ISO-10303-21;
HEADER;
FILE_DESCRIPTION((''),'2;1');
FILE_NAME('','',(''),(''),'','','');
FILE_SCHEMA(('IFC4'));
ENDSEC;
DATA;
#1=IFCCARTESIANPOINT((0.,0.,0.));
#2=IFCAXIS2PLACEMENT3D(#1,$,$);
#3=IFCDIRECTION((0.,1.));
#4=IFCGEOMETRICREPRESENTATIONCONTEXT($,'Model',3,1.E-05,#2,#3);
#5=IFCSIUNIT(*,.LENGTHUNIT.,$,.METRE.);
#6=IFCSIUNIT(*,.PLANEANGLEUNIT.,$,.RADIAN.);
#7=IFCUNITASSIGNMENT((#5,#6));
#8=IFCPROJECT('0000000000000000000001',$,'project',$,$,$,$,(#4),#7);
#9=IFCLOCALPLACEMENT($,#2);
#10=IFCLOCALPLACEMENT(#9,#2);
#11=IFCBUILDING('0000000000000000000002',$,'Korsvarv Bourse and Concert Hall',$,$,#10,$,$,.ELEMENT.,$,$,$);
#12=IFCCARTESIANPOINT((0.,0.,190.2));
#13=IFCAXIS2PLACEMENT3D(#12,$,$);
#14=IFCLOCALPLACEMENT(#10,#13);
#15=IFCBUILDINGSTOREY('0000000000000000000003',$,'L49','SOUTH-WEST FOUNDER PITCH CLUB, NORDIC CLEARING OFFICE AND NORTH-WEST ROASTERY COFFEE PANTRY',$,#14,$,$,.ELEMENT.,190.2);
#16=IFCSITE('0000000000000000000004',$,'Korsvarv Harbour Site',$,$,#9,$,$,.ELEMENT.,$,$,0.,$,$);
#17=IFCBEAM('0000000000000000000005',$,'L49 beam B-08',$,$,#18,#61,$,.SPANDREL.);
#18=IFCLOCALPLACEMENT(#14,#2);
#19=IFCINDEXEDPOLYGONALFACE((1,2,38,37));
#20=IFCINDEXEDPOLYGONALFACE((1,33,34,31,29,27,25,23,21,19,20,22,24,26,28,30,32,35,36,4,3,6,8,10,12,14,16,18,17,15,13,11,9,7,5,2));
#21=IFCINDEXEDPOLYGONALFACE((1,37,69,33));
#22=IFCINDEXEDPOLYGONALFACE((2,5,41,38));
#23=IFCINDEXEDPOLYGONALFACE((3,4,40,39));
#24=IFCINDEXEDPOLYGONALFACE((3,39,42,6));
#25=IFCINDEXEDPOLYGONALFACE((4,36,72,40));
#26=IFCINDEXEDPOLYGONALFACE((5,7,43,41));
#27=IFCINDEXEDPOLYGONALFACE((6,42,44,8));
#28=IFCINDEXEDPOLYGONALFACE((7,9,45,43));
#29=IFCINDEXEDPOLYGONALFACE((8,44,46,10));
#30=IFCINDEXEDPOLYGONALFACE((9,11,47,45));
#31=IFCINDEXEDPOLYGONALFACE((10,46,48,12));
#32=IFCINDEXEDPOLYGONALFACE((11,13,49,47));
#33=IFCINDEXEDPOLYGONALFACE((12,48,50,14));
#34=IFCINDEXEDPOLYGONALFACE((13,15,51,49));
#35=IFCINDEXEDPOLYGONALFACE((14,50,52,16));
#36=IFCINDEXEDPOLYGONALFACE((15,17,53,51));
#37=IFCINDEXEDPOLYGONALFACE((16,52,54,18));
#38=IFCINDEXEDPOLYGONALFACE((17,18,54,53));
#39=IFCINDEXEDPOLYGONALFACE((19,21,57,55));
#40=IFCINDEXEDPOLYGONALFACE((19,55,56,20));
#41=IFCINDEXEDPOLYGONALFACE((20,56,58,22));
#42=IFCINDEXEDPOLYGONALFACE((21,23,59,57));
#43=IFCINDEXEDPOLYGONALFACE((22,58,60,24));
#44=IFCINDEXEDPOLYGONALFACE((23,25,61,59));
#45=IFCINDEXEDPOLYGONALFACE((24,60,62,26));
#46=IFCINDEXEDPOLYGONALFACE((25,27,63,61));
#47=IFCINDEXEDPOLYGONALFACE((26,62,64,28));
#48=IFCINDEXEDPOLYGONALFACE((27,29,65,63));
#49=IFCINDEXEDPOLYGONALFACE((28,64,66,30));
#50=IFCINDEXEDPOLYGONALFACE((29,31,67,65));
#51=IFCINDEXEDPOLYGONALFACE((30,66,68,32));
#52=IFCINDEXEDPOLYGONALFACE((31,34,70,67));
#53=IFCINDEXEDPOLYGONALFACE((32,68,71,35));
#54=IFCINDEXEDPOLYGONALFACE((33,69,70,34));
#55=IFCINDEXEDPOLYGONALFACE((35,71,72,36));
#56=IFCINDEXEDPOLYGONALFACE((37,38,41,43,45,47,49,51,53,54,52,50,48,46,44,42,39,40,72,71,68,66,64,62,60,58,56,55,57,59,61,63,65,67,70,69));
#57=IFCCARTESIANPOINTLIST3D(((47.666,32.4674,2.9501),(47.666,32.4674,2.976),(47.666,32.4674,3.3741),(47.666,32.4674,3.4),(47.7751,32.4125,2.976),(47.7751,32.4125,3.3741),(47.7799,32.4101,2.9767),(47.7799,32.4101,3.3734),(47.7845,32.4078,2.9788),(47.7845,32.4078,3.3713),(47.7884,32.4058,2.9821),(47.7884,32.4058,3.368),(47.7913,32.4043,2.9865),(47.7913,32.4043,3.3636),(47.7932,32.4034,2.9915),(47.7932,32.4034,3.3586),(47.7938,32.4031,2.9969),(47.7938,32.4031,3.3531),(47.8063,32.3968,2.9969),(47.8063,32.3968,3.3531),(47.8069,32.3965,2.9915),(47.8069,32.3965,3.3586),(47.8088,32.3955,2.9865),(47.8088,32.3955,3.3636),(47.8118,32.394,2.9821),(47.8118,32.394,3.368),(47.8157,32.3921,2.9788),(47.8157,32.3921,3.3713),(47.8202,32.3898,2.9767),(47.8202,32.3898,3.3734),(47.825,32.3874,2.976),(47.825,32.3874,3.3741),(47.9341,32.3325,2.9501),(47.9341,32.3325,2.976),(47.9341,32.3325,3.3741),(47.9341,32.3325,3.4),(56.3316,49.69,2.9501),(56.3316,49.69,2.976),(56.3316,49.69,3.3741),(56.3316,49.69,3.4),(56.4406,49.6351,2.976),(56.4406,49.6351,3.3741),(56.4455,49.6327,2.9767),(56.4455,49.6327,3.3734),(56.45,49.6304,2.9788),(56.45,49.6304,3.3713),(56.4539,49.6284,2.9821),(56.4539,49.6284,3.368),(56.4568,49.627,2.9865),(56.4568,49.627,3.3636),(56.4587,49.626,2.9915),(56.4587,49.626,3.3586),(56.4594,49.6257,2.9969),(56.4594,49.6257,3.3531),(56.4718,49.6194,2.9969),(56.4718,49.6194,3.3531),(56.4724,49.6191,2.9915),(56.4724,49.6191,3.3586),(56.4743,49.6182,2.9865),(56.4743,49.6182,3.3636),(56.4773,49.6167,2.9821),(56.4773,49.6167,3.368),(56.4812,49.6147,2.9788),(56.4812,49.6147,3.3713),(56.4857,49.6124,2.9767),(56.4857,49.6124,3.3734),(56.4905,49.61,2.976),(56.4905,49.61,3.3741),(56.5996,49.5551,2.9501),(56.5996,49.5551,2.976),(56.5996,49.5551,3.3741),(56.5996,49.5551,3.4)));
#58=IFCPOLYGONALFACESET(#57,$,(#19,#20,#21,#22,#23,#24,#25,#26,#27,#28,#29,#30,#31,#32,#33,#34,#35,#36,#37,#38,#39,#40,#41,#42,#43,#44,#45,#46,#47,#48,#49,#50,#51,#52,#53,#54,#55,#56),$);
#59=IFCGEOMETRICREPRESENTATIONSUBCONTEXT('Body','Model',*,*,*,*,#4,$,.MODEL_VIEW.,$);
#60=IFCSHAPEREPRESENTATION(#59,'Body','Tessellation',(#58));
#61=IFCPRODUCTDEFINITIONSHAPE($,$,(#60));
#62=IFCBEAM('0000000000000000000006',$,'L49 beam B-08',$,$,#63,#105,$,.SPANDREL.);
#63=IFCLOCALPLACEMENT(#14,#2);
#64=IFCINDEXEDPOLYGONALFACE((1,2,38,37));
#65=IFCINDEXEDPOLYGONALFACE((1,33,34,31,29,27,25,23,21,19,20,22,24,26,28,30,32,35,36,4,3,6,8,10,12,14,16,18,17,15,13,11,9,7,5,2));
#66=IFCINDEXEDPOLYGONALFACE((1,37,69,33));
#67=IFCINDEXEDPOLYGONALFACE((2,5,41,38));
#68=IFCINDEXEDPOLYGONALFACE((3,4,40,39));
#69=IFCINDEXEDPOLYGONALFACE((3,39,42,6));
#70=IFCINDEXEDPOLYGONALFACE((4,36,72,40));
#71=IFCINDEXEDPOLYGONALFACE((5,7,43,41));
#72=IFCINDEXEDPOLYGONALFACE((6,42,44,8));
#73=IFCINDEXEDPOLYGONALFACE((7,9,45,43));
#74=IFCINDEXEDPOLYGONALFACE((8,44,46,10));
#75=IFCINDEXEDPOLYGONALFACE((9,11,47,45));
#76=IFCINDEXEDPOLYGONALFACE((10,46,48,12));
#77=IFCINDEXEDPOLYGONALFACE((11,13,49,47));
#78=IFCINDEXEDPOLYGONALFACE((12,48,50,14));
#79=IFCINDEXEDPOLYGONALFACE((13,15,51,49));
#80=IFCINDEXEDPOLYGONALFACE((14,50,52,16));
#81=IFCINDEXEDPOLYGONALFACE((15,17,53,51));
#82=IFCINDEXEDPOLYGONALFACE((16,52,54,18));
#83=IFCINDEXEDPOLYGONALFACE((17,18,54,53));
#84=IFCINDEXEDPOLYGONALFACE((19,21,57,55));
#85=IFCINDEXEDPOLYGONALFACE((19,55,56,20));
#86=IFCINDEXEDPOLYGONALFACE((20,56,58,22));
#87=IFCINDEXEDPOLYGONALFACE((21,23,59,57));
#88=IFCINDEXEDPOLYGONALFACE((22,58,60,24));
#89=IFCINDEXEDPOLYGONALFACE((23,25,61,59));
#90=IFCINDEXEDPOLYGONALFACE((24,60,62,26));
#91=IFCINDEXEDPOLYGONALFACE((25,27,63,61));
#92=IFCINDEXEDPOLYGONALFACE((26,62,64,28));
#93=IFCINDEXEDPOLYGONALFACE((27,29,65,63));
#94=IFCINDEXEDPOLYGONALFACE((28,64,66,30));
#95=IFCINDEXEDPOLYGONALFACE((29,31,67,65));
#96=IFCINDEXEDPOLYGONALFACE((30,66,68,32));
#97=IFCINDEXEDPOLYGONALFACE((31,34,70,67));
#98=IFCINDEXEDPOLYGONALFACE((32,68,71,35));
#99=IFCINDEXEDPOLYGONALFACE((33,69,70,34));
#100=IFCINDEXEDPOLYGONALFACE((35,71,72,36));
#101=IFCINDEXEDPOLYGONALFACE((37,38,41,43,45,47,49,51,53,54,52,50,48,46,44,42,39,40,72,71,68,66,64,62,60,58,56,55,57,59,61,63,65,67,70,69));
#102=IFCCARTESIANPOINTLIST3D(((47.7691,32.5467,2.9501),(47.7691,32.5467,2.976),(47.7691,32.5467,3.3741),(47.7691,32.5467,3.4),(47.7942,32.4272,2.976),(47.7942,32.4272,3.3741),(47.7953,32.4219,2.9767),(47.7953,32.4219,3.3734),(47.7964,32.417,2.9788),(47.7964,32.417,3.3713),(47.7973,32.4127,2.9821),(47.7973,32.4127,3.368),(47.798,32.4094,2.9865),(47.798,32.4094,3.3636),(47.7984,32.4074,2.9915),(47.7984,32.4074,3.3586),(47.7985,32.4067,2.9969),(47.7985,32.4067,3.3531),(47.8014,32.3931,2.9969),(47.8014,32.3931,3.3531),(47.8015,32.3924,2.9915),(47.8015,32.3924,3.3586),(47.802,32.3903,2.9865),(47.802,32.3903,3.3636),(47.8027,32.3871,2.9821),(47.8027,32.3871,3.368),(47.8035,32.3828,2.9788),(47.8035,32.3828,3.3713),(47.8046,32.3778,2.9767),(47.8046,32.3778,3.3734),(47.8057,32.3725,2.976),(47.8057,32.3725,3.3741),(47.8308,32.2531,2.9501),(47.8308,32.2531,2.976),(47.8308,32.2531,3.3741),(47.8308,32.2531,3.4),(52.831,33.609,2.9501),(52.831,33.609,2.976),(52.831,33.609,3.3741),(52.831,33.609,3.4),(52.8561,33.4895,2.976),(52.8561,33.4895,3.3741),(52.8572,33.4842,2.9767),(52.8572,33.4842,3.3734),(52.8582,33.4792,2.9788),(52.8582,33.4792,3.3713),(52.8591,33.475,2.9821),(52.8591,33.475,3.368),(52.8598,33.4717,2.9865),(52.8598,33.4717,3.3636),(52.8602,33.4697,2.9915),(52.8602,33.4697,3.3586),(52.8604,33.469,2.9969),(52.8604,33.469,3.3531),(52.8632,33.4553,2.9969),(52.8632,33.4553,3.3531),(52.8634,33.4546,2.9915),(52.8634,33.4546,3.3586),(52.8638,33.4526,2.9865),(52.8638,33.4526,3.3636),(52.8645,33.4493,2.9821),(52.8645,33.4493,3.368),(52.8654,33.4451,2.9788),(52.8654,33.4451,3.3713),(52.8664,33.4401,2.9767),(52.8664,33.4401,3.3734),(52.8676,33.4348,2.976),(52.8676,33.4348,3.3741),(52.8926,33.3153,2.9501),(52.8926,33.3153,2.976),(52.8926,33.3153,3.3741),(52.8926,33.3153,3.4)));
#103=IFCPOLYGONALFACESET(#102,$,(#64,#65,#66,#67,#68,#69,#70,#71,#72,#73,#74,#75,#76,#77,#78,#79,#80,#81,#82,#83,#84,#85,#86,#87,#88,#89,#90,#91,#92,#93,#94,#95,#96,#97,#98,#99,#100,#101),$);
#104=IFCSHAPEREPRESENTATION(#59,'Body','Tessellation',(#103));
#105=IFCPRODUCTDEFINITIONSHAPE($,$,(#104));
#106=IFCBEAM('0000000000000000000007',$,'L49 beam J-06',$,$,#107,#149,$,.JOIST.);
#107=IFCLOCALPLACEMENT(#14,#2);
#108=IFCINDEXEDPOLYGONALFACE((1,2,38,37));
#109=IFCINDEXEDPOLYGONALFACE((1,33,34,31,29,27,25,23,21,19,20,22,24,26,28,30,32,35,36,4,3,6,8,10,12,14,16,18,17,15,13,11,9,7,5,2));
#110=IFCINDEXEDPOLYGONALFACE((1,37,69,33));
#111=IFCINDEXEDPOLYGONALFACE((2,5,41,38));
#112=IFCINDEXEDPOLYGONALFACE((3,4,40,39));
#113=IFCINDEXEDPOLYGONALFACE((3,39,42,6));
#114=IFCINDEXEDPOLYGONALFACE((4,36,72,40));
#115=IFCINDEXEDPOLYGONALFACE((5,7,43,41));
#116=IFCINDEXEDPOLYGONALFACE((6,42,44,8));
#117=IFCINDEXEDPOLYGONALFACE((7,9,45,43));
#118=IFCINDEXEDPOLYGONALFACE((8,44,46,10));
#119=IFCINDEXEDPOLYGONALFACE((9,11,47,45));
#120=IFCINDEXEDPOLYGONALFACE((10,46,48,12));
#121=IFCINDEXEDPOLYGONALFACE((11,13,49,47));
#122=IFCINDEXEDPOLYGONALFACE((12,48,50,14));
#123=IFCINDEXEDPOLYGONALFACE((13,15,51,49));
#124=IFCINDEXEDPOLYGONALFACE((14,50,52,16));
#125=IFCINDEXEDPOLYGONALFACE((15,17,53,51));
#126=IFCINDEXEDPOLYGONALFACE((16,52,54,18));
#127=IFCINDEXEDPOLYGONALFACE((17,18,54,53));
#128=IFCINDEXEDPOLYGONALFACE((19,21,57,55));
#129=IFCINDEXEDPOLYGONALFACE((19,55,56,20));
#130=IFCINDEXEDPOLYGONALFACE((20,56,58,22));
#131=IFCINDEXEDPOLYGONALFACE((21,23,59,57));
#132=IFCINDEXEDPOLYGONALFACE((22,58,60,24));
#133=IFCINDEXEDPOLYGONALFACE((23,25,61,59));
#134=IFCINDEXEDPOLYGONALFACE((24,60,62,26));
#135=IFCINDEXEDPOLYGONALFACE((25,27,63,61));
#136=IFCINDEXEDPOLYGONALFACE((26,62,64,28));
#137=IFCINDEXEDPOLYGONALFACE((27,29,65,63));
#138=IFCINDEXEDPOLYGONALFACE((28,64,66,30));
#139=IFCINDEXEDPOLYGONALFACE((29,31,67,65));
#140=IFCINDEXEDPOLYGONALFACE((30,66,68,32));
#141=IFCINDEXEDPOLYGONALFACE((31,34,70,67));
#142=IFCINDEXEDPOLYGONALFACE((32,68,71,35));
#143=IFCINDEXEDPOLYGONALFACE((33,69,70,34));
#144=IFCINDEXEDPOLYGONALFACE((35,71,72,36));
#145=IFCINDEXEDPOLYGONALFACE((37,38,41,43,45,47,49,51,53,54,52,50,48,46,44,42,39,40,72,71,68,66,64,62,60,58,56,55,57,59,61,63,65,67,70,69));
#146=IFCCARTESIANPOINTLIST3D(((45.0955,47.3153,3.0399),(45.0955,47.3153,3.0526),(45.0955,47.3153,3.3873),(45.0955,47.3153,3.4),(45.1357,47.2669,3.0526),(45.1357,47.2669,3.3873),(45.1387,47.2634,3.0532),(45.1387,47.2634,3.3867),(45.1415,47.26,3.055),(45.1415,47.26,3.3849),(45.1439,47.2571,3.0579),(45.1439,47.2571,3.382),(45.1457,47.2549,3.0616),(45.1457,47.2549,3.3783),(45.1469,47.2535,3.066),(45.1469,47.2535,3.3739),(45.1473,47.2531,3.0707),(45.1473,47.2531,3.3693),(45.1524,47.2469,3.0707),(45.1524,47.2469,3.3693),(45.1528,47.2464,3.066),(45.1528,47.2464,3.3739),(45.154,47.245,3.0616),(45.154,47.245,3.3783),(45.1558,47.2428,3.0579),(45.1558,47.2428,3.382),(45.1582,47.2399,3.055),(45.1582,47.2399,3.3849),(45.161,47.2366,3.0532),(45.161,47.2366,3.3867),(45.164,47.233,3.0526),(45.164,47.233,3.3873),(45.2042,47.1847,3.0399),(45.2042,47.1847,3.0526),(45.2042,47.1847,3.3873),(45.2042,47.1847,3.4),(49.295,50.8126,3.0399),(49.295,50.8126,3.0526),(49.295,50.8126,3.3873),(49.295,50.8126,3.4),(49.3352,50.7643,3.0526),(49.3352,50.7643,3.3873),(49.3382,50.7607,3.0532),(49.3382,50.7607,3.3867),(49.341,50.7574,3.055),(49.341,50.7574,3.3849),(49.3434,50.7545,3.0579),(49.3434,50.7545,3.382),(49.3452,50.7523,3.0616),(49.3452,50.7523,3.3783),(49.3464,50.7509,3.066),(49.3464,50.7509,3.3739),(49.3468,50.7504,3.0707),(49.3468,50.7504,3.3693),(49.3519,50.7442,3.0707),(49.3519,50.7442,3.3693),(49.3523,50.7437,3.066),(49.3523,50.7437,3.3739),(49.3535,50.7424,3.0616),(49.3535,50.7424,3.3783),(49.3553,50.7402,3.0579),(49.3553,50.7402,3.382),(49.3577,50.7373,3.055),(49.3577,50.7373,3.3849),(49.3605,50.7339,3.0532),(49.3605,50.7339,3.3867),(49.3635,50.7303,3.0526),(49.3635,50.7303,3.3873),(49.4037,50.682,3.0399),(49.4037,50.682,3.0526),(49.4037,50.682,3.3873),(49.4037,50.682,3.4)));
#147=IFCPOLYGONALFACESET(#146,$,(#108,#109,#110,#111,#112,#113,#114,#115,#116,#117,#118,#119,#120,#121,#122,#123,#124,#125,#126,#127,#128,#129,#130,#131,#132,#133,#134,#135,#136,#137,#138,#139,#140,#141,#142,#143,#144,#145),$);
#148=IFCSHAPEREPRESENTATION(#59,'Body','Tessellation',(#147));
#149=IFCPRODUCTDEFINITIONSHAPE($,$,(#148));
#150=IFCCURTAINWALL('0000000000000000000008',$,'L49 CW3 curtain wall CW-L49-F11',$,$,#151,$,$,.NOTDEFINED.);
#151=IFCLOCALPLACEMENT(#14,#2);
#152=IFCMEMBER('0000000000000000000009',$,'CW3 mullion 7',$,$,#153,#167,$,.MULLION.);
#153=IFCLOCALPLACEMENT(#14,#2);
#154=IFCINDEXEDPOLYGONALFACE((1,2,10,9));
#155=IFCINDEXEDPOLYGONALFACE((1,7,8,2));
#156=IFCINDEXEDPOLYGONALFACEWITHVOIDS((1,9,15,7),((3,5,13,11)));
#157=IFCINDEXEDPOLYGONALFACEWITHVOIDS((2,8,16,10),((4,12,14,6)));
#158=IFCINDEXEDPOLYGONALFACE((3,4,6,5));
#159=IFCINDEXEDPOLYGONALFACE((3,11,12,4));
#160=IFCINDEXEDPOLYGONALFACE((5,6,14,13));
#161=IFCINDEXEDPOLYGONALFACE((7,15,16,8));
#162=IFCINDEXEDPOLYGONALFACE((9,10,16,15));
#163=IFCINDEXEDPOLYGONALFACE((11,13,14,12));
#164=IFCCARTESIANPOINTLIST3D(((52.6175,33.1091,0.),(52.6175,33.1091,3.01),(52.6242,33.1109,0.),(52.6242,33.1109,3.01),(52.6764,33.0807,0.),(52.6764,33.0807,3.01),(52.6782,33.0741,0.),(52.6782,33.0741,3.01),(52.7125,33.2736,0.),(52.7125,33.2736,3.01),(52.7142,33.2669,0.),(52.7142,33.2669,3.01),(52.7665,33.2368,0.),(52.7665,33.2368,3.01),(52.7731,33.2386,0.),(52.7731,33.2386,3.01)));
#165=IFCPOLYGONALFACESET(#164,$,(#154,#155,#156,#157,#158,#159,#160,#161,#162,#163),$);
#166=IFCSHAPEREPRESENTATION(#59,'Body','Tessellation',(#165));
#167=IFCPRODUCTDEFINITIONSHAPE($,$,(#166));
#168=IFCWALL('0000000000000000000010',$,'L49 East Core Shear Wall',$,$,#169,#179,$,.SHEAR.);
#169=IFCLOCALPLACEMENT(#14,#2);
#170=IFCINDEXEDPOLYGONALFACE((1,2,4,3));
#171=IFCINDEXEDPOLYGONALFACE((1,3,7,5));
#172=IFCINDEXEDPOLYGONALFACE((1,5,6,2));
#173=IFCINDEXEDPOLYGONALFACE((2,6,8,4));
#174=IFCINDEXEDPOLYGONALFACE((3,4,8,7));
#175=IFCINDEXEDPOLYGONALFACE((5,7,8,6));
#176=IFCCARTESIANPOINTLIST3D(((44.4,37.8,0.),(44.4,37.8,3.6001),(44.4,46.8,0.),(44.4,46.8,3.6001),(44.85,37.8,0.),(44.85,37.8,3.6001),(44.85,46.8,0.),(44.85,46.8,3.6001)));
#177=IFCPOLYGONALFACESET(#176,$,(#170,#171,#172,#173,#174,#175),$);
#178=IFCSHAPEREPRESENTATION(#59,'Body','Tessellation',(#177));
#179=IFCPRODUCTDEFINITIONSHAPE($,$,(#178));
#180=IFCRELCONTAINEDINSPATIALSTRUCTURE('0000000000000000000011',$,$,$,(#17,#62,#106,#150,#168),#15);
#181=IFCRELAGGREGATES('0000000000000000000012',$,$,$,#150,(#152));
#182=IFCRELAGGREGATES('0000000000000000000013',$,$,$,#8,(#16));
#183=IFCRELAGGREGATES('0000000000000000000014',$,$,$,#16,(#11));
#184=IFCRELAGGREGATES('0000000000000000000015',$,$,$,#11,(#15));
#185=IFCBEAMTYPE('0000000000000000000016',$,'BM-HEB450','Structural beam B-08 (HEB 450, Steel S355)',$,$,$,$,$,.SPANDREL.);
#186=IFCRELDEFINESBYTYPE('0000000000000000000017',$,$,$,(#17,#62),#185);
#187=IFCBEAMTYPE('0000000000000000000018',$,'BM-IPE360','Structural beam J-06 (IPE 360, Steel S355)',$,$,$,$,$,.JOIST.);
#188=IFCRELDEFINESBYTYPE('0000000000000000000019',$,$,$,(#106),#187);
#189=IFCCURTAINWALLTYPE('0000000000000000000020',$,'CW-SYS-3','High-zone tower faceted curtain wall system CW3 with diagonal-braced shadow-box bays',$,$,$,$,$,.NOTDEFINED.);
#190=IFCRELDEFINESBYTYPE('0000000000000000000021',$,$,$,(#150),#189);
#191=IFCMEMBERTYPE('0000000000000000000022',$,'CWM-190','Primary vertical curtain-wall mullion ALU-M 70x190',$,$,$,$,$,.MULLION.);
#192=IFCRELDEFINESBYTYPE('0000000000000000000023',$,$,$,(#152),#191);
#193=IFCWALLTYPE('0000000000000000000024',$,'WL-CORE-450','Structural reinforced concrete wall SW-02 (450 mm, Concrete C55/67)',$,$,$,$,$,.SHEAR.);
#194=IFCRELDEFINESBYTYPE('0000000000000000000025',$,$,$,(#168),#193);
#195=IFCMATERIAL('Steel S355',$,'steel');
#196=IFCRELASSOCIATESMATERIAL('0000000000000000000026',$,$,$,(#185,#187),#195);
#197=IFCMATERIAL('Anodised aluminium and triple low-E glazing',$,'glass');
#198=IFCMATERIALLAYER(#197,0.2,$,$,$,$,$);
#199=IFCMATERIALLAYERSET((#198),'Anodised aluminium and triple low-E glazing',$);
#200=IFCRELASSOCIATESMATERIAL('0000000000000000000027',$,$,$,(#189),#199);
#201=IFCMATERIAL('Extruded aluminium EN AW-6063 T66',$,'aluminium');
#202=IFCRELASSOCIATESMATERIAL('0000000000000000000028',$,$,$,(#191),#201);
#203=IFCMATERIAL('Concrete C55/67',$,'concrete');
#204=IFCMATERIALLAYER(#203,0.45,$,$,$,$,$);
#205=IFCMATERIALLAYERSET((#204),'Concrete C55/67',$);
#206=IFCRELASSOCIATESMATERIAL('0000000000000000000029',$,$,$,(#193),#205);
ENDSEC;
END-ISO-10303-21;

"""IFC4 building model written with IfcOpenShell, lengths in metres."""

from ifc_helpers import new_model, si_unit, direction, frame, frame_2d, origin, origin_2d, place, context, subcontext, project, spatial, rectangle, hollow_rectangle, i_section, extrude, source, transform, mapped, material, layer, layer_set, material_profile, profile_set, type_object, element, aggregate, save


model = new_model("IFC4")

# Units and contexts
model_context = context("Model", 3, precision=1e-05, world=origin(), true_north=direction((0.0, 1.0)))
body_context = subcontext(model_context, "Body", "Model", "MODEL_VIEW")
ifc_project = project(units=[si_unit("LENGTHUNIT", "METRE"), si_unit("PLANEANGLEUNIT", "RADIAN")], contexts=[model_context])

# Site, building, storey
site_placement = place(None, origin())
site = spatial("IfcSite", under=ifc_project, at=site_placement, Name="Korsvarv Harbour Site", CompositionType="ELEMENT", RefElevation=0.0)
building_placement = place(site_placement, origin())
building = spatial("IfcBuilding", under=site, at=building_placement, Name="Korsvarv Bourse and Concert Hall", CompositionType="ELEMENT")
storey_placement = place(building_placement, frame((0.0, 0.0, 190.2)))
storey = spatial("IfcBuildingStorey", under=building, at=storey_placement, Name="L49", Description="SOUTH-WEST FOUNDER PITCH CLUB, NORDIC CLEARING OFFICE AND NORTH-WEST ROASTERY COFFEE PANTRY", CompositionType="ELEMENT", Elevation=190.2)

# Shared definitions
ifc_material_1 = material(Name="Concrete C55/67", Category="concrete")
ifc_material_2 = material(Name="Steel S355", Category="steel")

# Beams
ifc_material_profile_1 = material_profile(ifc_material_2, i_section(OverallWidth=0.3, OverallDepth=0.45, WebThickness=0.0139, FlangeThickness=0.0259, FilletRadius=0.021, at=origin_2d()), Name="HEB 450")
ifc_profile_set_1 = profile_set([ifc_material_profile_1], Name="Steel S355")
beam_type_1 = type_object("IfcBeamType", Name="BM-HEB450", Description="Structural beam B-08 (HEB 450, Steel S355)", PredefinedType="SPANDREL", material=ifc_profile_set_1)
shared_shape_1 = source(origin(), body_context, "Body", "SweptSolid", [
    extrude(i_section(OverallWidth=0.3, OverallDepth=0.45, WebThickness=0.0139, FlangeThickness=0.0259, FilletRadius=0.021, at=origin_2d()), origin(), (0.0, 0.0, 1.0), 19.2798),
])
beam_1_placement = place(storey_placement, frame((56.4656, 49.6226, 3.175), z_axis=(-0.449461, -0.8933, 0.0), x_axis=(0.8933, -0.449461, 0.0)))
element("IfcBeam", 1, at=beam_1_placement, inside=storey, type_object=beam_type_1, Name="L49 beam B-08", PredefinedType="SPANDREL", context=body_context, shape_type="MappedRepresentation", body=[
    mapped(shared_shape_1, transform((0.0, 0.0, 0.0), scale=1.0)),
])
shared_shape_2 = source(origin(), body_context, "Body", "SweptSolid", [
    extrude(i_section(OverallWidth=0.3, OverallDepth=0.45, WebThickness=0.0139, FlangeThickness=0.0259, FilletRadius=0.021, at=origin_2d()), origin(), (0.0, 0.0, 1.0), 5.1721),
])
beam_2_placement = place(storey_placement, frame((52.8618, 33.4622, 3.175), z_axis=(-0.978681, -0.205385, 0.0), x_axis=(0.205385, -0.978681, 0.0)))
element("IfcBeam", 2, at=beam_2_placement, inside=storey, type_object=beam_type_1, Name="L49 beam B-08", PredefinedType="SPANDREL", context=body_context, shape_type="MappedRepresentation", body=[
    mapped(shared_shape_2, transform((0.0, 0.0, 0.0), scale=1.0)),
])
ifc_material_profile_2 = material_profile(ifc_material_2, i_section(OverallWidth=0.1699, OverallDepth=0.3601, WebThickness=0.0081, FlangeThickness=0.0127, FilletRadius=0.0181, at=origin_2d()), Name="IPE 360")
ifc_profile_set_2 = profile_set([ifc_material_profile_2], Name="Steel S355")
beam_type_2 = type_object("IfcBeamType", Name="BM-IPE360", Description="Structural beam J-06 (IPE 360, Steel S355)", PredefinedType="JOIST", material=ifc_profile_set_2)
shared_shape_3 = source(origin(), body_context, "Body", "SweptSolid", [
    extrude(i_section(OverallWidth=0.1699, OverallDepth=0.3601, WebThickness=0.0081, FlangeThickness=0.0127, FilletRadius=0.0181, at=origin_2d()), origin(), (0.0, 0.0, 1.0), 5.4651),
])
beam_3_placement = place(storey_placement, frame((49.3494, 50.7473, 3.22), z_axis=(-0.768423, -0.639943, 0.0), x_axis=(0.639943, -0.768423, 0.0)))
element("IfcBeam", 3, at=beam_3_placement, inside=storey, type_object=beam_type_2, Name="L49 beam J-06", PredefinedType="JOIST", context=body_context, shape_type="MappedRepresentation", body=[
    mapped(shared_shape_3, transform((0.0, 0.0, 0.0), scale=1.0)),
])

# Curtain wall, member
ifc_material_3 = material(Name="Anodised aluminium and triple low-E glazing", Category="glass")
ifc_layer_1 = layer(ifc_material_3, 0.2)
ifc_layer_set_1 = layer_set([ifc_layer_1], Name="Anodised aluminium and triple low-E glazing")
curtain_wall_type = type_object("IfcCurtainWallType", Name="CW-SYS-3", Description="High-zone tower faceted curtain wall system CW3 with diagonal-braced shadow-box bays", PredefinedType="NOTDEFINED", material=ifc_layer_set_1)
curtain_wall_placement = place(storey_placement, origin())
curtain_wall = element("IfcCurtainWall", 4, at=curtain_wall_placement, inside=storey, type_object=curtain_wall_type, Name="L49 CW3 curtain wall CW-L49-F11", PredefinedType="NOTDEFINED")
ifc_material_4 = material(Name="Extruded aluminium EN AW-6063 T66", Category="aluminium")
ifc_material_profile_3 = material_profile(ifc_material_4, hollow_rectangle(XDim=0.0701, YDim=0.1899, WallThickness=0.0049, at=origin_2d()), Name="ALU-M 70x190")
ifc_profile_set_3 = profile_set([ifc_material_profile_3], Name="Extruded aluminium EN AW-6063 T66")
member_type = type_object("IfcMemberType", Name="CWM-190", Description="Primary vertical curtain-wall mullion ALU-M 70x190", PredefinedType="MULLION", material=ifc_profile_set_3)
shared_shape_4 = source(origin(), body_context, "Body", "SweptSolid", [
    extrude(hollow_rectangle(XDim=0.0701, YDim=0.1899, WallThickness=0.0049, at=origin_2d()), origin(), (0.0, 0.0, 1.0), 3.01),
])
member_placement = place(storey_placement, frame((52.6953, 33.1738, 0.0), z_axis=(0.0, 0.0, 1.0), x_axis=(-0.86603, 0.499993, 0.0)))
member = element("IfcMember", 5, at=member_placement, type_object=member_type, Name="CW3 mullion 7", PredefinedType="MULLION", context=body_context, shape_type="MappedRepresentation", body=[
    mapped(shared_shape_4, transform((0.0, 0.0, 0.0), scale=1.0)),
])
aggregate(curtain_wall, [member])

# Wall
ifc_layer_2 = layer(ifc_material_1, 0.45)
ifc_layer_set_2 = layer_set([ifc_layer_2], Name="Concrete C55/67")
wall_type_1 = type_object("IfcWallType", Name="WL-CORE-450", Description="Structural reinforced concrete wall SW-02 (450 mm, Concrete C55/67)", PredefinedType="SHEAR", material=ifc_layer_set_2)
wall_1_placement = place(storey_placement, frame((44.625, 37.8, 0.0), z_axis=(0.0, 0.0, 1.0), x_axis=(0.0, 1.0, 0.0)))
element("IfcWall", 6, at=wall_1_placement, inside=storey, type_object=wall_type_1, Name="L49 East Core Shear Wall", PredefinedType="SHEAR", context=body_context, shape_type="SweptSolid", body=[
    extrude(rectangle(XDim=9.0, YDim=0.45, at=frame_2d((4.5, 0.0))), origin(), (0.0, 0.0, 1.0), 3.6001),
])

save(model, "model.ifc")
